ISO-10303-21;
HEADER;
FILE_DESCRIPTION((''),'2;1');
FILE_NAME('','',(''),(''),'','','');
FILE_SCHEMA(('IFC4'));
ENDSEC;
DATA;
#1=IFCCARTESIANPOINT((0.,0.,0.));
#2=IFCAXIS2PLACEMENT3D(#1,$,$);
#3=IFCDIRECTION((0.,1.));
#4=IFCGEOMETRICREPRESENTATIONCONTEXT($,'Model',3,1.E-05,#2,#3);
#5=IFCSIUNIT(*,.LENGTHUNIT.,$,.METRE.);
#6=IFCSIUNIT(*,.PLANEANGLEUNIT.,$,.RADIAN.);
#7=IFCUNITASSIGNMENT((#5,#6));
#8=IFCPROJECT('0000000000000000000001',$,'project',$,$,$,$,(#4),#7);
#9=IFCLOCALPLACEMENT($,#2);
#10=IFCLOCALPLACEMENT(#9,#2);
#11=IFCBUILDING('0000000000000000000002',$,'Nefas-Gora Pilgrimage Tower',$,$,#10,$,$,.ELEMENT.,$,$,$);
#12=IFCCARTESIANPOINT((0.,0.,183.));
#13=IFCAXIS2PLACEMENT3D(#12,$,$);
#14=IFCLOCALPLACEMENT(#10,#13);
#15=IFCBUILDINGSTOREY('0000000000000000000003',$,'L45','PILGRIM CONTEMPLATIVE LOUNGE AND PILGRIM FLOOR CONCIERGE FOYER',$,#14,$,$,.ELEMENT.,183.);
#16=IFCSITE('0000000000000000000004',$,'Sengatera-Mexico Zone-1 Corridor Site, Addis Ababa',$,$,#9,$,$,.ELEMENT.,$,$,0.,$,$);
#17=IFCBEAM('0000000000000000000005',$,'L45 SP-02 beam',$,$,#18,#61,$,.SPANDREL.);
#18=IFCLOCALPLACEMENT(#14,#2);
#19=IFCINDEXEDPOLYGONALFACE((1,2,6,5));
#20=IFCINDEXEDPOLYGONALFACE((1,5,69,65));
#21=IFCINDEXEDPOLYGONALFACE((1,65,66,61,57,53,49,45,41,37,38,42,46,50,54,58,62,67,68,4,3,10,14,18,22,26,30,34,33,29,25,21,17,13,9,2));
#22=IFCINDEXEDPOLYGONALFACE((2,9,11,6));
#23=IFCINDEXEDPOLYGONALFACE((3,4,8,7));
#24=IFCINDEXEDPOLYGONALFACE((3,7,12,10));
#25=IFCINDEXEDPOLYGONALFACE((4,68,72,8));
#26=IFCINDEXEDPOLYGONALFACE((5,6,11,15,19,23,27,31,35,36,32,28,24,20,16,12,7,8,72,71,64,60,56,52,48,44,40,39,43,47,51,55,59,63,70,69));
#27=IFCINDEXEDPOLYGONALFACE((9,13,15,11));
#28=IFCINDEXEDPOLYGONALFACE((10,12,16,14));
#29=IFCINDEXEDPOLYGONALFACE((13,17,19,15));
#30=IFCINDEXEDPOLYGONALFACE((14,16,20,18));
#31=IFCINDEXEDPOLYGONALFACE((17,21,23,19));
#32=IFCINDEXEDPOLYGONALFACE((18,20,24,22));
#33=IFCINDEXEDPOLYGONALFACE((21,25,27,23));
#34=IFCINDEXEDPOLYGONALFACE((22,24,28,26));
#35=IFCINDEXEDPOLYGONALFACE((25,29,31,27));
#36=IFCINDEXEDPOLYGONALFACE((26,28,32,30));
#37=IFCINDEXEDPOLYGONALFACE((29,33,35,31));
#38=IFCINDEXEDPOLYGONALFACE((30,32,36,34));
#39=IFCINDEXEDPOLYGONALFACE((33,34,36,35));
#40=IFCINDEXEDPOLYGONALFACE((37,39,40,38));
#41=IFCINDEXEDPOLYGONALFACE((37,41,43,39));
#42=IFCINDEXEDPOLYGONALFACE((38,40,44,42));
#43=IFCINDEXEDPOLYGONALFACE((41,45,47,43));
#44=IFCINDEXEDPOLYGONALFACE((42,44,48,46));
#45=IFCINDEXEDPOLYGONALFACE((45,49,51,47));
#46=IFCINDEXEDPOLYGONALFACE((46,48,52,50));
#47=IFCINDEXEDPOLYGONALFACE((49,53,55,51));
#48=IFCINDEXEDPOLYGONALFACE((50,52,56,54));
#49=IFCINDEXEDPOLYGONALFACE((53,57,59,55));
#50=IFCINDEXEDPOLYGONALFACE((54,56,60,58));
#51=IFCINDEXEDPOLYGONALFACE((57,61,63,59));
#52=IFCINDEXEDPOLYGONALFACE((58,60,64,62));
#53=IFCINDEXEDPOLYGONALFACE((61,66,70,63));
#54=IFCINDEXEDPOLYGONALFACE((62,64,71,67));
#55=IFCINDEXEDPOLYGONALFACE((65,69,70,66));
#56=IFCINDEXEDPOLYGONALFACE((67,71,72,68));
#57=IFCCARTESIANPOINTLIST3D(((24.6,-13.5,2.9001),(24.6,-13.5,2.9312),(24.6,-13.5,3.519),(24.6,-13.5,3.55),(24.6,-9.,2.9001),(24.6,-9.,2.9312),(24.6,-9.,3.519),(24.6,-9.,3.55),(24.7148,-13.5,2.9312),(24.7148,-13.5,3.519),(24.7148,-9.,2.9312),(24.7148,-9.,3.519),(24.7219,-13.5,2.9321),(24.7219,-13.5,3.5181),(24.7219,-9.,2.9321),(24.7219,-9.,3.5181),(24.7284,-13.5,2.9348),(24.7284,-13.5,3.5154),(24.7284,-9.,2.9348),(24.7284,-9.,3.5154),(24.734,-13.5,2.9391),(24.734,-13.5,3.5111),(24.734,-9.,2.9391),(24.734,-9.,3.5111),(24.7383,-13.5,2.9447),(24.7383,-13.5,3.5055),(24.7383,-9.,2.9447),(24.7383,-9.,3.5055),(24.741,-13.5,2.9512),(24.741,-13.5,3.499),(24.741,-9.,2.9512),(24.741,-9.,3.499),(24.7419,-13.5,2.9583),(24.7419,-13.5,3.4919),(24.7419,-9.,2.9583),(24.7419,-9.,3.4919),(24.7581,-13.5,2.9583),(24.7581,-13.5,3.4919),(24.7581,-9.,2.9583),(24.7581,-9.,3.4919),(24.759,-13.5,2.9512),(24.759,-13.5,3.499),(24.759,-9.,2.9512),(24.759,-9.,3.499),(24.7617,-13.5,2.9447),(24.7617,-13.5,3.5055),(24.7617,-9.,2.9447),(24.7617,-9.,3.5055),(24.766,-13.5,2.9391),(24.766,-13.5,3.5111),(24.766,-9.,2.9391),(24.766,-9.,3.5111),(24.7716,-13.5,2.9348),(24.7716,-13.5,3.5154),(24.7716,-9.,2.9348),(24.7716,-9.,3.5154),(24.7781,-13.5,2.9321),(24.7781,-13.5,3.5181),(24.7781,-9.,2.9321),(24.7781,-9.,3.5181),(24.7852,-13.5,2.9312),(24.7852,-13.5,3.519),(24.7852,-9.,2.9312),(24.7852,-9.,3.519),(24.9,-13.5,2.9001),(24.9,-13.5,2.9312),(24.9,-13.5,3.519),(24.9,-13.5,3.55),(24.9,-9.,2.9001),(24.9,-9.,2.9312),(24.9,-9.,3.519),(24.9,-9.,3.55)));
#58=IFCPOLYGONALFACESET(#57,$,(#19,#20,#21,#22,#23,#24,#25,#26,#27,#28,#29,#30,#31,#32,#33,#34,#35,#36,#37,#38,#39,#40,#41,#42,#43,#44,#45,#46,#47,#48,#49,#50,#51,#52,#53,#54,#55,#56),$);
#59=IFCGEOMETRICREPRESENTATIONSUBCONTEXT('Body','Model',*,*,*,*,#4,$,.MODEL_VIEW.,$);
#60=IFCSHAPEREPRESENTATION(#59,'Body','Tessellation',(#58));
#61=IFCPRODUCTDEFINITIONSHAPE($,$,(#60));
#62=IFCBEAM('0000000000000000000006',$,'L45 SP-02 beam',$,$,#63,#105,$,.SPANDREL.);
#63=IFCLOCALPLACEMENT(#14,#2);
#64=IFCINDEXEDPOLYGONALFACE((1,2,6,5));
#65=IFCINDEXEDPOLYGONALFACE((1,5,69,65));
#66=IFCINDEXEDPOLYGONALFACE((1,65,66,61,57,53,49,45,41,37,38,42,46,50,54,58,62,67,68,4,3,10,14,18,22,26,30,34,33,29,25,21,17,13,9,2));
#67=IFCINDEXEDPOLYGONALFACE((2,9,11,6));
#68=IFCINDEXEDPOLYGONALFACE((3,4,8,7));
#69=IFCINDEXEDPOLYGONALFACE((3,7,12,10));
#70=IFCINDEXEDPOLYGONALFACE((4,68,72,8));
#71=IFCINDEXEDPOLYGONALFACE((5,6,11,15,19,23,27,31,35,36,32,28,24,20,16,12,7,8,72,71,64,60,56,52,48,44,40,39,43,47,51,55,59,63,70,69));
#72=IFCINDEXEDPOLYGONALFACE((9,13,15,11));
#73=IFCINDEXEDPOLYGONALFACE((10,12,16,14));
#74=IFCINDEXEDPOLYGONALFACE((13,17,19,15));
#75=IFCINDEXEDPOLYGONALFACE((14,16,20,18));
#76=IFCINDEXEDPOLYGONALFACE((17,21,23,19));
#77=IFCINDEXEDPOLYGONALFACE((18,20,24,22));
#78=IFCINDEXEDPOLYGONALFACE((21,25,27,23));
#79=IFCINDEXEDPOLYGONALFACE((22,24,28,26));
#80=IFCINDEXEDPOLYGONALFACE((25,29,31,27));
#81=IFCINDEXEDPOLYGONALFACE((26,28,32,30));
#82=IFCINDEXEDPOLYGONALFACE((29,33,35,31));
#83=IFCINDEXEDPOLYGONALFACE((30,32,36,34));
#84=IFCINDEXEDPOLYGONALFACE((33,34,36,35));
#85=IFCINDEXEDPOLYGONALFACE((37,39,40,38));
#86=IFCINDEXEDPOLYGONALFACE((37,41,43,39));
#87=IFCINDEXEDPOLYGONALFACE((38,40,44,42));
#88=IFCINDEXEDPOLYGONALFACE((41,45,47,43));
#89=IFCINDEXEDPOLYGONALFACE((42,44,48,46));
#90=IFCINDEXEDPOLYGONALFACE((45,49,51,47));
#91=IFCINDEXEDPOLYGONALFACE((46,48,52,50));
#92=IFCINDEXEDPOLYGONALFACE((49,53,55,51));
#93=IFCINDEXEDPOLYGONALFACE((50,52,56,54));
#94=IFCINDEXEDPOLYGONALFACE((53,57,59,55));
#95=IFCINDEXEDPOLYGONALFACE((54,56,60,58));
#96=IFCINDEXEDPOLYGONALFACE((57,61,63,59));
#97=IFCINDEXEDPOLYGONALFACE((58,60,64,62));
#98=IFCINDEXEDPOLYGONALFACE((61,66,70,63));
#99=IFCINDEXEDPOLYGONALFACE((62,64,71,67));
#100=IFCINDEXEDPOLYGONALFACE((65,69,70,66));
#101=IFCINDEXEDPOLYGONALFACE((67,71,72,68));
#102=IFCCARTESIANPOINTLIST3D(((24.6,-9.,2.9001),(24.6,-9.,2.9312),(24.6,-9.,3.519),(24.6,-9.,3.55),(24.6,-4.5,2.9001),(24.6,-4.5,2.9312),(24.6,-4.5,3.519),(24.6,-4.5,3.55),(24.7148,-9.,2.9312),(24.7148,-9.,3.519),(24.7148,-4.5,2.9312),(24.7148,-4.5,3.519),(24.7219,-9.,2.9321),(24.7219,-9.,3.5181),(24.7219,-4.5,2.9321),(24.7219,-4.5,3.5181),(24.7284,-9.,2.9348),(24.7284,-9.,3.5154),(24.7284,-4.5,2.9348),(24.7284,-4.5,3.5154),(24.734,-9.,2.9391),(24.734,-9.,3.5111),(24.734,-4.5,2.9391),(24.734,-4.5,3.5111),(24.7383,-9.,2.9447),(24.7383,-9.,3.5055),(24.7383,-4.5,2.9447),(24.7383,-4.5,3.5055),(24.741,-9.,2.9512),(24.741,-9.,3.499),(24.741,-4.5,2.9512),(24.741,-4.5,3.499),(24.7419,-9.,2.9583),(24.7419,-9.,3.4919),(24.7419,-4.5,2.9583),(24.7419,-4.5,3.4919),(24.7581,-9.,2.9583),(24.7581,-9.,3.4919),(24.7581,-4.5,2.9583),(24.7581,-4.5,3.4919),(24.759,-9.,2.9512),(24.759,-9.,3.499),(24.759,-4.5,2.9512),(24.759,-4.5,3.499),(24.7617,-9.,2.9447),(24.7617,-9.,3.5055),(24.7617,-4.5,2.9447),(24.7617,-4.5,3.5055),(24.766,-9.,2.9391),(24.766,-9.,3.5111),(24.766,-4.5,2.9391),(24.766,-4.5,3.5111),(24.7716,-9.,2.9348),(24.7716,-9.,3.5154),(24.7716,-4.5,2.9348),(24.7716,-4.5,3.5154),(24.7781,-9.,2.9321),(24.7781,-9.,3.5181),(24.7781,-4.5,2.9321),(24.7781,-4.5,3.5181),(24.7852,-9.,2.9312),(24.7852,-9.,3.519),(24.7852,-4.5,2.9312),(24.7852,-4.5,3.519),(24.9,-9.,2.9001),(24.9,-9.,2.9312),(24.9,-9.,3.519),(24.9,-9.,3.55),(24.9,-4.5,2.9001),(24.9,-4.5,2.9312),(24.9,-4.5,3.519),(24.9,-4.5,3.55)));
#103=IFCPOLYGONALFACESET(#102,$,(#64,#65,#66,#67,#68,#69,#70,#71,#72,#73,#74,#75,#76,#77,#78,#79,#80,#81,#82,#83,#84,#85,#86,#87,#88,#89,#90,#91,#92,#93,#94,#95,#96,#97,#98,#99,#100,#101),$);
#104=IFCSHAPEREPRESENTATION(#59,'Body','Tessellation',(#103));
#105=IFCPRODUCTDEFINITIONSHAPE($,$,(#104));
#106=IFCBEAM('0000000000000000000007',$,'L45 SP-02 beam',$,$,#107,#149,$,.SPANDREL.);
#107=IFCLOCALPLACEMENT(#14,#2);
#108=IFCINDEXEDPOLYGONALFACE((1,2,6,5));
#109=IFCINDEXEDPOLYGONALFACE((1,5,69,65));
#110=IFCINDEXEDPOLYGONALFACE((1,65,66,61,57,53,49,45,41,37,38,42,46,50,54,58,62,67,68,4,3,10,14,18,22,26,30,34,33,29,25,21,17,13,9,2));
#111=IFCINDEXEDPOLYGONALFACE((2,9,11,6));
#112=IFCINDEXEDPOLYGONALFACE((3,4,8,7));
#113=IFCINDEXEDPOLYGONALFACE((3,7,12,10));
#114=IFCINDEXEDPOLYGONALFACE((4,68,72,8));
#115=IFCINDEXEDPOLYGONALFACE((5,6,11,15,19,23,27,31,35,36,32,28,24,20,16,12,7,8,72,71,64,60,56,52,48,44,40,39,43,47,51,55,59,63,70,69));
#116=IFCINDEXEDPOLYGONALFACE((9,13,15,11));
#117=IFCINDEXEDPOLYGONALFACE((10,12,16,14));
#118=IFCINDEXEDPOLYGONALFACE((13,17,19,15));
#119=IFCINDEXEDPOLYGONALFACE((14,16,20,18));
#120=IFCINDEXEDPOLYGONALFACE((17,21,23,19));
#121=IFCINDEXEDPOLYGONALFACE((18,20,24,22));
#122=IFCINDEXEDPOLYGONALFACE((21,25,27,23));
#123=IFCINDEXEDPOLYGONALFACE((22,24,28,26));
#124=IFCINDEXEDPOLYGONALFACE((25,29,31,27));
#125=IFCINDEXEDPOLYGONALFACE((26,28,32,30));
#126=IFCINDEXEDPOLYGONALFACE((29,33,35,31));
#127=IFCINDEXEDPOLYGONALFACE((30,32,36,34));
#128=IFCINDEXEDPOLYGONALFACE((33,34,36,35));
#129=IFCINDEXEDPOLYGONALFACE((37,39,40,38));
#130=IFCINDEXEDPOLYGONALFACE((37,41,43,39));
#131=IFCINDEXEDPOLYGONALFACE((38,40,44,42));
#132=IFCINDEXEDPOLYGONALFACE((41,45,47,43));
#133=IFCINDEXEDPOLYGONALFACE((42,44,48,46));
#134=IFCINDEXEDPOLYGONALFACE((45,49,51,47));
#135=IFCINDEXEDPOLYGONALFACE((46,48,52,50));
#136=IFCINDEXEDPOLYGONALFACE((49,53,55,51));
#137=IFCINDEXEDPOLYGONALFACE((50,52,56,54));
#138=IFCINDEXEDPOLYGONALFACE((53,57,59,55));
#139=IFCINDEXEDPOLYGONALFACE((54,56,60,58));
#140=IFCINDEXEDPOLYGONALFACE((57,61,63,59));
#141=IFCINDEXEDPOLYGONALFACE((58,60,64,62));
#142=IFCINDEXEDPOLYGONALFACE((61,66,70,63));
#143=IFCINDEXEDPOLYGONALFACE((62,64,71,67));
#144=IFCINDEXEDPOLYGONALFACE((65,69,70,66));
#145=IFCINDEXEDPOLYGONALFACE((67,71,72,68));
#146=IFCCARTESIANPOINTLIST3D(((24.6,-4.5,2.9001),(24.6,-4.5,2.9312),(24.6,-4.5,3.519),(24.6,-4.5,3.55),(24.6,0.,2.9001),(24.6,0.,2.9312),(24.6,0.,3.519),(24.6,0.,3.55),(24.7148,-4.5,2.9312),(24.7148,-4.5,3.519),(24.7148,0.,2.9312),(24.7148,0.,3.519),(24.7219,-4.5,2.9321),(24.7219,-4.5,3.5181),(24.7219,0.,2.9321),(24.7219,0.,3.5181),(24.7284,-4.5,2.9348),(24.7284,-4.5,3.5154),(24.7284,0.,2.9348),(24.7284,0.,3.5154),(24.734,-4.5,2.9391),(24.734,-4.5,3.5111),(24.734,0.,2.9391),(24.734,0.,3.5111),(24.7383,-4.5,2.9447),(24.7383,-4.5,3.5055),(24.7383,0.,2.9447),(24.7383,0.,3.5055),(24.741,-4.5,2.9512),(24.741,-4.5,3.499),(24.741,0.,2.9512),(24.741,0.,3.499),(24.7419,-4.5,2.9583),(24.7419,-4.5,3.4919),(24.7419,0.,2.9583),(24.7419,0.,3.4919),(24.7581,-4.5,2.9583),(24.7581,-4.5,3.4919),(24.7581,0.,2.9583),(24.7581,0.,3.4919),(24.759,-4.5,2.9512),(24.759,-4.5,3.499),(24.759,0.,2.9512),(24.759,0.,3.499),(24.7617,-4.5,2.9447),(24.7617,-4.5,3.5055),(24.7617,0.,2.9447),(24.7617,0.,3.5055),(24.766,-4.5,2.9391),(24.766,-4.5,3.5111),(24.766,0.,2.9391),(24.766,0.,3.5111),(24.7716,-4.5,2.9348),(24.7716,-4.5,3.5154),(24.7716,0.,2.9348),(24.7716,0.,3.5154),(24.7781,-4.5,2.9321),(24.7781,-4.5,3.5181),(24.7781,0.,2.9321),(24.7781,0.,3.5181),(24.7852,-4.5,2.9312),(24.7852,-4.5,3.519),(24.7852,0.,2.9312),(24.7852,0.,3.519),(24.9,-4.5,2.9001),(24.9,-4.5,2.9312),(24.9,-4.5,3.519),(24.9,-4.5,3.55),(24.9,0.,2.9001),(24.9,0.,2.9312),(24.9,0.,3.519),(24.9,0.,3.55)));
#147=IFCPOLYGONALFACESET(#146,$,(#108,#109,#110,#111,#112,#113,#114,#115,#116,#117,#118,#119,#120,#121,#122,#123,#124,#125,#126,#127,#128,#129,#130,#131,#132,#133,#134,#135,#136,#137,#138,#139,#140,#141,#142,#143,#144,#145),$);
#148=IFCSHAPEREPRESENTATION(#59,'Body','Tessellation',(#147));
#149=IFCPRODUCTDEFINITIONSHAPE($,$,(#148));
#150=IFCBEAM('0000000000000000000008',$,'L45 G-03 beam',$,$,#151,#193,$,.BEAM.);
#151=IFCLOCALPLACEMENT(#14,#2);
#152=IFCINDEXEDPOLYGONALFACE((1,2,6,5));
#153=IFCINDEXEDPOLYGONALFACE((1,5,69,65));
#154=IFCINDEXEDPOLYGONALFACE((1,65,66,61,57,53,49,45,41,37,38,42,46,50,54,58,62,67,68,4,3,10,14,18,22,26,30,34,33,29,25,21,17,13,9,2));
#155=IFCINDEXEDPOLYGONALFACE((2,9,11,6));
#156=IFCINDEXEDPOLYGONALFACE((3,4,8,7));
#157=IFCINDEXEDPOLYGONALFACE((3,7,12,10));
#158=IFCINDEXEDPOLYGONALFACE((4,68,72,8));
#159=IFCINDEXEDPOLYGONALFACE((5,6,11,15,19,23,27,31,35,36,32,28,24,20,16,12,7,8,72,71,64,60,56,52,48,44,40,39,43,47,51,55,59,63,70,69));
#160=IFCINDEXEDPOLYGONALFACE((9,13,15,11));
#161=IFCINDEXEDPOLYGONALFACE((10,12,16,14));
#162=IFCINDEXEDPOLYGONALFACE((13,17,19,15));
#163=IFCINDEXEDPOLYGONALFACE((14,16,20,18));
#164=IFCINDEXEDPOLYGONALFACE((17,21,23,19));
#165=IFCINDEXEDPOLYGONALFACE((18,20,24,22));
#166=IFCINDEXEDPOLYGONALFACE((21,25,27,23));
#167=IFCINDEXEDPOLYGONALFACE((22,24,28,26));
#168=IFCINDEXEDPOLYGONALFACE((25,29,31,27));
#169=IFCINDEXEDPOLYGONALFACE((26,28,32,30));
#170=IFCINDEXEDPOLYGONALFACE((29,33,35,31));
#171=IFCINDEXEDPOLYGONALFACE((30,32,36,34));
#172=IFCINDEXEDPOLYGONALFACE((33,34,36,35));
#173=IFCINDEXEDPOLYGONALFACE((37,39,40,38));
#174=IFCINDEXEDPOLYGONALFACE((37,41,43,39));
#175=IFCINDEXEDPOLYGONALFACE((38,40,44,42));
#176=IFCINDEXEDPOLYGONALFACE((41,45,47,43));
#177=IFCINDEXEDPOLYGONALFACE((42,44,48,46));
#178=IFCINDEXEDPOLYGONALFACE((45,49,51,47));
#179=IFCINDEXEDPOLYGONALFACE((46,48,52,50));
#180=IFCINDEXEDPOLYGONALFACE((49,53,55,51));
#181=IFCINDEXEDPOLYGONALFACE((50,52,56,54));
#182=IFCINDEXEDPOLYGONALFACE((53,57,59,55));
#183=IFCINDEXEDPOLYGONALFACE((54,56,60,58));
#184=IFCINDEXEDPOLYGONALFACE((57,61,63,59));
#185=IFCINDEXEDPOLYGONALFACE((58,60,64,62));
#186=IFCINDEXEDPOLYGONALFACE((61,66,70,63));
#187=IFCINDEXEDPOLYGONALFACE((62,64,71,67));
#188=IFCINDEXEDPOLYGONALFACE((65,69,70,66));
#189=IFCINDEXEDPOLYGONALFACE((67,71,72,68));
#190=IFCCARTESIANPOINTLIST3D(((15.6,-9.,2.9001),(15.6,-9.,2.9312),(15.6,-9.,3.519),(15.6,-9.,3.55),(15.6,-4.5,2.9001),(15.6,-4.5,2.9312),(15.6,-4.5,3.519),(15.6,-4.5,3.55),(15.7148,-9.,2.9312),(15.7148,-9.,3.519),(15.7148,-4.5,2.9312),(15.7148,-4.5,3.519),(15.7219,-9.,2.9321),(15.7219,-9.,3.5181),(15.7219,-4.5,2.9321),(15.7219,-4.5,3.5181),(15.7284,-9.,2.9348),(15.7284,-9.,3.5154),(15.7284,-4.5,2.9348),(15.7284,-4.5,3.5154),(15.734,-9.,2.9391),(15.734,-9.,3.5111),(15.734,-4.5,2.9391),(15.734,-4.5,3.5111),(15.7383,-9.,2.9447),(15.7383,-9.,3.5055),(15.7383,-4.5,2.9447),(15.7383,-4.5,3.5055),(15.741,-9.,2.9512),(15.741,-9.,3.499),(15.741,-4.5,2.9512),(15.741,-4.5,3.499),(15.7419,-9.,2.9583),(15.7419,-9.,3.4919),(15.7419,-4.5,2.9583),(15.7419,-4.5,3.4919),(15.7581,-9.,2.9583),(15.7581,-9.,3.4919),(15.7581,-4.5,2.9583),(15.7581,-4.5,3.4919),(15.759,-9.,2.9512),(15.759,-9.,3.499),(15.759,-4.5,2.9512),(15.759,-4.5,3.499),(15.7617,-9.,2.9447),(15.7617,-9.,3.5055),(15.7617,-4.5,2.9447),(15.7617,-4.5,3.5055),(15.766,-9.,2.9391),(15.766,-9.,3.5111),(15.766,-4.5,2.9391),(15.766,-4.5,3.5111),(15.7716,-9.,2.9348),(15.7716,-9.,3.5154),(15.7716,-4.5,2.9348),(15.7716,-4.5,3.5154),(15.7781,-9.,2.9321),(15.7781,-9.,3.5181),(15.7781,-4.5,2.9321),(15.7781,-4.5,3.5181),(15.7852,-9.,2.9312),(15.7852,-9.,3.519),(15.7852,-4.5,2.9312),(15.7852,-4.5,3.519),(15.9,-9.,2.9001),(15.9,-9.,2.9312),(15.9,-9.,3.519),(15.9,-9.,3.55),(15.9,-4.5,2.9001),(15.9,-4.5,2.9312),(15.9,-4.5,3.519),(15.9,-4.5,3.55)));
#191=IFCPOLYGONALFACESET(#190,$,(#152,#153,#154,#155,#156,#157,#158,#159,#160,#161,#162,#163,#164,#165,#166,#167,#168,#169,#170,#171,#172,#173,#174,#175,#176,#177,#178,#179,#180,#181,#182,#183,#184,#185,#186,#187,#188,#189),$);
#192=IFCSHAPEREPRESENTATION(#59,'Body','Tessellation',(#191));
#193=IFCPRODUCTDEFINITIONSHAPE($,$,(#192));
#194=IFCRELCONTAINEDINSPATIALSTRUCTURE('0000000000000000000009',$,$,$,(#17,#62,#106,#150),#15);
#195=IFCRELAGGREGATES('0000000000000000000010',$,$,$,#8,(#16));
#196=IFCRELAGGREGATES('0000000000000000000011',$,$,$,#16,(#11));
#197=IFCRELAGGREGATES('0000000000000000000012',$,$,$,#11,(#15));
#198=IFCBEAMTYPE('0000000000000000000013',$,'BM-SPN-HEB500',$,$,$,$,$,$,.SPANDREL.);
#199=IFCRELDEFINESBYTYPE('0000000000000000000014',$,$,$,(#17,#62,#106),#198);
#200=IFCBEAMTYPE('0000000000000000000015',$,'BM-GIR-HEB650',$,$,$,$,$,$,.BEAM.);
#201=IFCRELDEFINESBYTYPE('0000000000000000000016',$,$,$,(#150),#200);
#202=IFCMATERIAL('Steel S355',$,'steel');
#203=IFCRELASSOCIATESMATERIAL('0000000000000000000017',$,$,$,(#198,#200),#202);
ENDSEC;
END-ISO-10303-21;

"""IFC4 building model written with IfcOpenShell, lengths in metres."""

from ifc_helpers import new_model, si_unit, direction, frame, origin, origin_2d, place, context, subcontext, project, spatial, i_section, extrude, source, transform, mapped, material, material_profile, profile_set, type_object, element, save


model = new_model("IFC4")

# Units and contexts
model_context = context("Model", 3, precision=1e-05, world=origin(), true_north=direction((0.0, 1.0)))
body_context = subcontext(model_context, "Body", "Model", "MODEL_VIEW")
ifc_project = project(units=[si_unit("LENGTHUNIT", "METRE"), si_unit("PLANEANGLEUNIT", "RADIAN")], contexts=[model_context])

# Site, building, storey
site_placement = place(None, origin())
site = spatial("IfcSite", under=ifc_project, at=site_placement, Name="Sengatera-Mexico Zone-1 Corridor Site, Addis Ababa", CompositionType="ELEMENT", RefElevation=0.0)
building_placement = place(site_placement, origin())
building = spatial("IfcBuilding", under=site, at=building_placement, Name="Nefas-Gora Pilgrimage Tower", CompositionType="ELEMENT")
storey_placement = place(building_placement, frame((0.0, 0.0, 183.0)))
storey = spatial("IfcBuildingStorey", under=building, at=storey_placement, Name="L45", Description="PILGRIM CONTEMPLATIVE LOUNGE AND PILGRIM FLOOR CONCIERGE FOYER", CompositionType="ELEMENT", Elevation=183.0)

# Beams
ifc_material_1 = material(Name="Steel S355", Category="steel")
ifc_material_profile_1 = material_profile(ifc_material_1, i_section(OverallWidth=0.3, OverallDepth=0.6499, WebThickness=0.0161, FlangeThickness=0.031, FilletRadius=0.0271, at=origin_2d()), Name="HEB 650")
ifc_profile_set_1 = profile_set([ifc_material_profile_1], Name="Steel S355")
beam_type_1 = type_object("IfcBeamType", Name="BM-SPN-HEB500", PredefinedType="SPANDREL", material=ifc_profile_set_1)
shared_shape_1 = source(origin(), body_context, "Body", "SweptSolid", [
    extrude(i_section(OverallWidth=0.3, OverallDepth=0.6499, WebThickness=0.0161, FlangeThickness=0.031, FilletRadius=0.0271, at=origin_2d()), origin(), (0.0, 0.0, 1.0), 4.5),
])
for number, where, z_axis, x_axis, name in (
    (1, (24.75, -13.5, 3.2251), (0.0, 1.0, 0.0), (-1.0, 0.0, 0.0), "L45 SP-02 beam"),
    (2, (24.75, -9.0, 3.2251), (0.0, 1.0, 0.0), (-1.0, 0.0, 0.0), "L45 SP-02 beam"),
    (3, (24.75, -4.5, 3.2251), (0.0, 1.0, 0.0), (-1.0, 0.0, 0.0), "L45 SP-02 beam"),
):
    element("IfcBeam", number, at=place(storey_placement, frame(where, z_axis=z_axis, x_axis=x_axis)), inside=storey, type_object=beam_type_1, Name=name, PredefinedType="SPANDREL", context=body_context, shape_type="MappedRepresentation", body=[
        mapped(shared_shape_1, transform((0.0, 0.0, 0.0), x_axis=(1.0, 0.0, 0.0), y_axis=(0.0, 1.0, 0.0), z_axis=(0.0, 0.0, 1.0), scale=1.0)),
    ])
ifc_material_profile_2 = material_profile(ifc_material_1, i_section(OverallWidth=0.3, OverallDepth=0.6499, WebThickness=0.0161, FlangeThickness=0.031, FilletRadius=0.0271, at=origin_2d()), Name="HEB 650")
ifc_profile_set_2 = profile_set([ifc_material_profile_2], Name="Steel S355")
beam_type_2 = type_object("IfcBeamType", Name="BM-GIR-HEB650", PredefinedType="BEAM", material=ifc_profile_set_2)
shared_shape_2 = source(origin(), body_context, "Body", "SweptSolid", [
    extrude(i_section(OverallWidth=0.3, OverallDepth=0.6499, WebThickness=0.0161, FlangeThickness=0.031, FilletRadius=0.0271, at=origin_2d()), origin(), (0.0, 0.0, 1.0), 4.5),
])
for number, where, z_axis, x_axis, name in (
    (4, (15.75, -9.0, 3.2251), (0.0, 1.0, 0.0), (-1.0, 0.0, 0.0), "L45 G-03 beam"),
):
    element("IfcBeam", number, at=place(storey_placement, frame(where, z_axis=z_axis, x_axis=x_axis)), inside=storey, type_object=beam_type_2, Name=name, PredefinedType="BEAM", context=body_context, shape_type="MappedRepresentation", body=[
        mapped(shared_shape_2, transform((0.0, 0.0, 0.0), x_axis=(1.0, 0.0, 0.0), y_axis=(0.0, 1.0, 0.0), z_axis=(0.0, 0.0, 1.0), scale=1.0)),
    ])

save(model, "model.ifc")
